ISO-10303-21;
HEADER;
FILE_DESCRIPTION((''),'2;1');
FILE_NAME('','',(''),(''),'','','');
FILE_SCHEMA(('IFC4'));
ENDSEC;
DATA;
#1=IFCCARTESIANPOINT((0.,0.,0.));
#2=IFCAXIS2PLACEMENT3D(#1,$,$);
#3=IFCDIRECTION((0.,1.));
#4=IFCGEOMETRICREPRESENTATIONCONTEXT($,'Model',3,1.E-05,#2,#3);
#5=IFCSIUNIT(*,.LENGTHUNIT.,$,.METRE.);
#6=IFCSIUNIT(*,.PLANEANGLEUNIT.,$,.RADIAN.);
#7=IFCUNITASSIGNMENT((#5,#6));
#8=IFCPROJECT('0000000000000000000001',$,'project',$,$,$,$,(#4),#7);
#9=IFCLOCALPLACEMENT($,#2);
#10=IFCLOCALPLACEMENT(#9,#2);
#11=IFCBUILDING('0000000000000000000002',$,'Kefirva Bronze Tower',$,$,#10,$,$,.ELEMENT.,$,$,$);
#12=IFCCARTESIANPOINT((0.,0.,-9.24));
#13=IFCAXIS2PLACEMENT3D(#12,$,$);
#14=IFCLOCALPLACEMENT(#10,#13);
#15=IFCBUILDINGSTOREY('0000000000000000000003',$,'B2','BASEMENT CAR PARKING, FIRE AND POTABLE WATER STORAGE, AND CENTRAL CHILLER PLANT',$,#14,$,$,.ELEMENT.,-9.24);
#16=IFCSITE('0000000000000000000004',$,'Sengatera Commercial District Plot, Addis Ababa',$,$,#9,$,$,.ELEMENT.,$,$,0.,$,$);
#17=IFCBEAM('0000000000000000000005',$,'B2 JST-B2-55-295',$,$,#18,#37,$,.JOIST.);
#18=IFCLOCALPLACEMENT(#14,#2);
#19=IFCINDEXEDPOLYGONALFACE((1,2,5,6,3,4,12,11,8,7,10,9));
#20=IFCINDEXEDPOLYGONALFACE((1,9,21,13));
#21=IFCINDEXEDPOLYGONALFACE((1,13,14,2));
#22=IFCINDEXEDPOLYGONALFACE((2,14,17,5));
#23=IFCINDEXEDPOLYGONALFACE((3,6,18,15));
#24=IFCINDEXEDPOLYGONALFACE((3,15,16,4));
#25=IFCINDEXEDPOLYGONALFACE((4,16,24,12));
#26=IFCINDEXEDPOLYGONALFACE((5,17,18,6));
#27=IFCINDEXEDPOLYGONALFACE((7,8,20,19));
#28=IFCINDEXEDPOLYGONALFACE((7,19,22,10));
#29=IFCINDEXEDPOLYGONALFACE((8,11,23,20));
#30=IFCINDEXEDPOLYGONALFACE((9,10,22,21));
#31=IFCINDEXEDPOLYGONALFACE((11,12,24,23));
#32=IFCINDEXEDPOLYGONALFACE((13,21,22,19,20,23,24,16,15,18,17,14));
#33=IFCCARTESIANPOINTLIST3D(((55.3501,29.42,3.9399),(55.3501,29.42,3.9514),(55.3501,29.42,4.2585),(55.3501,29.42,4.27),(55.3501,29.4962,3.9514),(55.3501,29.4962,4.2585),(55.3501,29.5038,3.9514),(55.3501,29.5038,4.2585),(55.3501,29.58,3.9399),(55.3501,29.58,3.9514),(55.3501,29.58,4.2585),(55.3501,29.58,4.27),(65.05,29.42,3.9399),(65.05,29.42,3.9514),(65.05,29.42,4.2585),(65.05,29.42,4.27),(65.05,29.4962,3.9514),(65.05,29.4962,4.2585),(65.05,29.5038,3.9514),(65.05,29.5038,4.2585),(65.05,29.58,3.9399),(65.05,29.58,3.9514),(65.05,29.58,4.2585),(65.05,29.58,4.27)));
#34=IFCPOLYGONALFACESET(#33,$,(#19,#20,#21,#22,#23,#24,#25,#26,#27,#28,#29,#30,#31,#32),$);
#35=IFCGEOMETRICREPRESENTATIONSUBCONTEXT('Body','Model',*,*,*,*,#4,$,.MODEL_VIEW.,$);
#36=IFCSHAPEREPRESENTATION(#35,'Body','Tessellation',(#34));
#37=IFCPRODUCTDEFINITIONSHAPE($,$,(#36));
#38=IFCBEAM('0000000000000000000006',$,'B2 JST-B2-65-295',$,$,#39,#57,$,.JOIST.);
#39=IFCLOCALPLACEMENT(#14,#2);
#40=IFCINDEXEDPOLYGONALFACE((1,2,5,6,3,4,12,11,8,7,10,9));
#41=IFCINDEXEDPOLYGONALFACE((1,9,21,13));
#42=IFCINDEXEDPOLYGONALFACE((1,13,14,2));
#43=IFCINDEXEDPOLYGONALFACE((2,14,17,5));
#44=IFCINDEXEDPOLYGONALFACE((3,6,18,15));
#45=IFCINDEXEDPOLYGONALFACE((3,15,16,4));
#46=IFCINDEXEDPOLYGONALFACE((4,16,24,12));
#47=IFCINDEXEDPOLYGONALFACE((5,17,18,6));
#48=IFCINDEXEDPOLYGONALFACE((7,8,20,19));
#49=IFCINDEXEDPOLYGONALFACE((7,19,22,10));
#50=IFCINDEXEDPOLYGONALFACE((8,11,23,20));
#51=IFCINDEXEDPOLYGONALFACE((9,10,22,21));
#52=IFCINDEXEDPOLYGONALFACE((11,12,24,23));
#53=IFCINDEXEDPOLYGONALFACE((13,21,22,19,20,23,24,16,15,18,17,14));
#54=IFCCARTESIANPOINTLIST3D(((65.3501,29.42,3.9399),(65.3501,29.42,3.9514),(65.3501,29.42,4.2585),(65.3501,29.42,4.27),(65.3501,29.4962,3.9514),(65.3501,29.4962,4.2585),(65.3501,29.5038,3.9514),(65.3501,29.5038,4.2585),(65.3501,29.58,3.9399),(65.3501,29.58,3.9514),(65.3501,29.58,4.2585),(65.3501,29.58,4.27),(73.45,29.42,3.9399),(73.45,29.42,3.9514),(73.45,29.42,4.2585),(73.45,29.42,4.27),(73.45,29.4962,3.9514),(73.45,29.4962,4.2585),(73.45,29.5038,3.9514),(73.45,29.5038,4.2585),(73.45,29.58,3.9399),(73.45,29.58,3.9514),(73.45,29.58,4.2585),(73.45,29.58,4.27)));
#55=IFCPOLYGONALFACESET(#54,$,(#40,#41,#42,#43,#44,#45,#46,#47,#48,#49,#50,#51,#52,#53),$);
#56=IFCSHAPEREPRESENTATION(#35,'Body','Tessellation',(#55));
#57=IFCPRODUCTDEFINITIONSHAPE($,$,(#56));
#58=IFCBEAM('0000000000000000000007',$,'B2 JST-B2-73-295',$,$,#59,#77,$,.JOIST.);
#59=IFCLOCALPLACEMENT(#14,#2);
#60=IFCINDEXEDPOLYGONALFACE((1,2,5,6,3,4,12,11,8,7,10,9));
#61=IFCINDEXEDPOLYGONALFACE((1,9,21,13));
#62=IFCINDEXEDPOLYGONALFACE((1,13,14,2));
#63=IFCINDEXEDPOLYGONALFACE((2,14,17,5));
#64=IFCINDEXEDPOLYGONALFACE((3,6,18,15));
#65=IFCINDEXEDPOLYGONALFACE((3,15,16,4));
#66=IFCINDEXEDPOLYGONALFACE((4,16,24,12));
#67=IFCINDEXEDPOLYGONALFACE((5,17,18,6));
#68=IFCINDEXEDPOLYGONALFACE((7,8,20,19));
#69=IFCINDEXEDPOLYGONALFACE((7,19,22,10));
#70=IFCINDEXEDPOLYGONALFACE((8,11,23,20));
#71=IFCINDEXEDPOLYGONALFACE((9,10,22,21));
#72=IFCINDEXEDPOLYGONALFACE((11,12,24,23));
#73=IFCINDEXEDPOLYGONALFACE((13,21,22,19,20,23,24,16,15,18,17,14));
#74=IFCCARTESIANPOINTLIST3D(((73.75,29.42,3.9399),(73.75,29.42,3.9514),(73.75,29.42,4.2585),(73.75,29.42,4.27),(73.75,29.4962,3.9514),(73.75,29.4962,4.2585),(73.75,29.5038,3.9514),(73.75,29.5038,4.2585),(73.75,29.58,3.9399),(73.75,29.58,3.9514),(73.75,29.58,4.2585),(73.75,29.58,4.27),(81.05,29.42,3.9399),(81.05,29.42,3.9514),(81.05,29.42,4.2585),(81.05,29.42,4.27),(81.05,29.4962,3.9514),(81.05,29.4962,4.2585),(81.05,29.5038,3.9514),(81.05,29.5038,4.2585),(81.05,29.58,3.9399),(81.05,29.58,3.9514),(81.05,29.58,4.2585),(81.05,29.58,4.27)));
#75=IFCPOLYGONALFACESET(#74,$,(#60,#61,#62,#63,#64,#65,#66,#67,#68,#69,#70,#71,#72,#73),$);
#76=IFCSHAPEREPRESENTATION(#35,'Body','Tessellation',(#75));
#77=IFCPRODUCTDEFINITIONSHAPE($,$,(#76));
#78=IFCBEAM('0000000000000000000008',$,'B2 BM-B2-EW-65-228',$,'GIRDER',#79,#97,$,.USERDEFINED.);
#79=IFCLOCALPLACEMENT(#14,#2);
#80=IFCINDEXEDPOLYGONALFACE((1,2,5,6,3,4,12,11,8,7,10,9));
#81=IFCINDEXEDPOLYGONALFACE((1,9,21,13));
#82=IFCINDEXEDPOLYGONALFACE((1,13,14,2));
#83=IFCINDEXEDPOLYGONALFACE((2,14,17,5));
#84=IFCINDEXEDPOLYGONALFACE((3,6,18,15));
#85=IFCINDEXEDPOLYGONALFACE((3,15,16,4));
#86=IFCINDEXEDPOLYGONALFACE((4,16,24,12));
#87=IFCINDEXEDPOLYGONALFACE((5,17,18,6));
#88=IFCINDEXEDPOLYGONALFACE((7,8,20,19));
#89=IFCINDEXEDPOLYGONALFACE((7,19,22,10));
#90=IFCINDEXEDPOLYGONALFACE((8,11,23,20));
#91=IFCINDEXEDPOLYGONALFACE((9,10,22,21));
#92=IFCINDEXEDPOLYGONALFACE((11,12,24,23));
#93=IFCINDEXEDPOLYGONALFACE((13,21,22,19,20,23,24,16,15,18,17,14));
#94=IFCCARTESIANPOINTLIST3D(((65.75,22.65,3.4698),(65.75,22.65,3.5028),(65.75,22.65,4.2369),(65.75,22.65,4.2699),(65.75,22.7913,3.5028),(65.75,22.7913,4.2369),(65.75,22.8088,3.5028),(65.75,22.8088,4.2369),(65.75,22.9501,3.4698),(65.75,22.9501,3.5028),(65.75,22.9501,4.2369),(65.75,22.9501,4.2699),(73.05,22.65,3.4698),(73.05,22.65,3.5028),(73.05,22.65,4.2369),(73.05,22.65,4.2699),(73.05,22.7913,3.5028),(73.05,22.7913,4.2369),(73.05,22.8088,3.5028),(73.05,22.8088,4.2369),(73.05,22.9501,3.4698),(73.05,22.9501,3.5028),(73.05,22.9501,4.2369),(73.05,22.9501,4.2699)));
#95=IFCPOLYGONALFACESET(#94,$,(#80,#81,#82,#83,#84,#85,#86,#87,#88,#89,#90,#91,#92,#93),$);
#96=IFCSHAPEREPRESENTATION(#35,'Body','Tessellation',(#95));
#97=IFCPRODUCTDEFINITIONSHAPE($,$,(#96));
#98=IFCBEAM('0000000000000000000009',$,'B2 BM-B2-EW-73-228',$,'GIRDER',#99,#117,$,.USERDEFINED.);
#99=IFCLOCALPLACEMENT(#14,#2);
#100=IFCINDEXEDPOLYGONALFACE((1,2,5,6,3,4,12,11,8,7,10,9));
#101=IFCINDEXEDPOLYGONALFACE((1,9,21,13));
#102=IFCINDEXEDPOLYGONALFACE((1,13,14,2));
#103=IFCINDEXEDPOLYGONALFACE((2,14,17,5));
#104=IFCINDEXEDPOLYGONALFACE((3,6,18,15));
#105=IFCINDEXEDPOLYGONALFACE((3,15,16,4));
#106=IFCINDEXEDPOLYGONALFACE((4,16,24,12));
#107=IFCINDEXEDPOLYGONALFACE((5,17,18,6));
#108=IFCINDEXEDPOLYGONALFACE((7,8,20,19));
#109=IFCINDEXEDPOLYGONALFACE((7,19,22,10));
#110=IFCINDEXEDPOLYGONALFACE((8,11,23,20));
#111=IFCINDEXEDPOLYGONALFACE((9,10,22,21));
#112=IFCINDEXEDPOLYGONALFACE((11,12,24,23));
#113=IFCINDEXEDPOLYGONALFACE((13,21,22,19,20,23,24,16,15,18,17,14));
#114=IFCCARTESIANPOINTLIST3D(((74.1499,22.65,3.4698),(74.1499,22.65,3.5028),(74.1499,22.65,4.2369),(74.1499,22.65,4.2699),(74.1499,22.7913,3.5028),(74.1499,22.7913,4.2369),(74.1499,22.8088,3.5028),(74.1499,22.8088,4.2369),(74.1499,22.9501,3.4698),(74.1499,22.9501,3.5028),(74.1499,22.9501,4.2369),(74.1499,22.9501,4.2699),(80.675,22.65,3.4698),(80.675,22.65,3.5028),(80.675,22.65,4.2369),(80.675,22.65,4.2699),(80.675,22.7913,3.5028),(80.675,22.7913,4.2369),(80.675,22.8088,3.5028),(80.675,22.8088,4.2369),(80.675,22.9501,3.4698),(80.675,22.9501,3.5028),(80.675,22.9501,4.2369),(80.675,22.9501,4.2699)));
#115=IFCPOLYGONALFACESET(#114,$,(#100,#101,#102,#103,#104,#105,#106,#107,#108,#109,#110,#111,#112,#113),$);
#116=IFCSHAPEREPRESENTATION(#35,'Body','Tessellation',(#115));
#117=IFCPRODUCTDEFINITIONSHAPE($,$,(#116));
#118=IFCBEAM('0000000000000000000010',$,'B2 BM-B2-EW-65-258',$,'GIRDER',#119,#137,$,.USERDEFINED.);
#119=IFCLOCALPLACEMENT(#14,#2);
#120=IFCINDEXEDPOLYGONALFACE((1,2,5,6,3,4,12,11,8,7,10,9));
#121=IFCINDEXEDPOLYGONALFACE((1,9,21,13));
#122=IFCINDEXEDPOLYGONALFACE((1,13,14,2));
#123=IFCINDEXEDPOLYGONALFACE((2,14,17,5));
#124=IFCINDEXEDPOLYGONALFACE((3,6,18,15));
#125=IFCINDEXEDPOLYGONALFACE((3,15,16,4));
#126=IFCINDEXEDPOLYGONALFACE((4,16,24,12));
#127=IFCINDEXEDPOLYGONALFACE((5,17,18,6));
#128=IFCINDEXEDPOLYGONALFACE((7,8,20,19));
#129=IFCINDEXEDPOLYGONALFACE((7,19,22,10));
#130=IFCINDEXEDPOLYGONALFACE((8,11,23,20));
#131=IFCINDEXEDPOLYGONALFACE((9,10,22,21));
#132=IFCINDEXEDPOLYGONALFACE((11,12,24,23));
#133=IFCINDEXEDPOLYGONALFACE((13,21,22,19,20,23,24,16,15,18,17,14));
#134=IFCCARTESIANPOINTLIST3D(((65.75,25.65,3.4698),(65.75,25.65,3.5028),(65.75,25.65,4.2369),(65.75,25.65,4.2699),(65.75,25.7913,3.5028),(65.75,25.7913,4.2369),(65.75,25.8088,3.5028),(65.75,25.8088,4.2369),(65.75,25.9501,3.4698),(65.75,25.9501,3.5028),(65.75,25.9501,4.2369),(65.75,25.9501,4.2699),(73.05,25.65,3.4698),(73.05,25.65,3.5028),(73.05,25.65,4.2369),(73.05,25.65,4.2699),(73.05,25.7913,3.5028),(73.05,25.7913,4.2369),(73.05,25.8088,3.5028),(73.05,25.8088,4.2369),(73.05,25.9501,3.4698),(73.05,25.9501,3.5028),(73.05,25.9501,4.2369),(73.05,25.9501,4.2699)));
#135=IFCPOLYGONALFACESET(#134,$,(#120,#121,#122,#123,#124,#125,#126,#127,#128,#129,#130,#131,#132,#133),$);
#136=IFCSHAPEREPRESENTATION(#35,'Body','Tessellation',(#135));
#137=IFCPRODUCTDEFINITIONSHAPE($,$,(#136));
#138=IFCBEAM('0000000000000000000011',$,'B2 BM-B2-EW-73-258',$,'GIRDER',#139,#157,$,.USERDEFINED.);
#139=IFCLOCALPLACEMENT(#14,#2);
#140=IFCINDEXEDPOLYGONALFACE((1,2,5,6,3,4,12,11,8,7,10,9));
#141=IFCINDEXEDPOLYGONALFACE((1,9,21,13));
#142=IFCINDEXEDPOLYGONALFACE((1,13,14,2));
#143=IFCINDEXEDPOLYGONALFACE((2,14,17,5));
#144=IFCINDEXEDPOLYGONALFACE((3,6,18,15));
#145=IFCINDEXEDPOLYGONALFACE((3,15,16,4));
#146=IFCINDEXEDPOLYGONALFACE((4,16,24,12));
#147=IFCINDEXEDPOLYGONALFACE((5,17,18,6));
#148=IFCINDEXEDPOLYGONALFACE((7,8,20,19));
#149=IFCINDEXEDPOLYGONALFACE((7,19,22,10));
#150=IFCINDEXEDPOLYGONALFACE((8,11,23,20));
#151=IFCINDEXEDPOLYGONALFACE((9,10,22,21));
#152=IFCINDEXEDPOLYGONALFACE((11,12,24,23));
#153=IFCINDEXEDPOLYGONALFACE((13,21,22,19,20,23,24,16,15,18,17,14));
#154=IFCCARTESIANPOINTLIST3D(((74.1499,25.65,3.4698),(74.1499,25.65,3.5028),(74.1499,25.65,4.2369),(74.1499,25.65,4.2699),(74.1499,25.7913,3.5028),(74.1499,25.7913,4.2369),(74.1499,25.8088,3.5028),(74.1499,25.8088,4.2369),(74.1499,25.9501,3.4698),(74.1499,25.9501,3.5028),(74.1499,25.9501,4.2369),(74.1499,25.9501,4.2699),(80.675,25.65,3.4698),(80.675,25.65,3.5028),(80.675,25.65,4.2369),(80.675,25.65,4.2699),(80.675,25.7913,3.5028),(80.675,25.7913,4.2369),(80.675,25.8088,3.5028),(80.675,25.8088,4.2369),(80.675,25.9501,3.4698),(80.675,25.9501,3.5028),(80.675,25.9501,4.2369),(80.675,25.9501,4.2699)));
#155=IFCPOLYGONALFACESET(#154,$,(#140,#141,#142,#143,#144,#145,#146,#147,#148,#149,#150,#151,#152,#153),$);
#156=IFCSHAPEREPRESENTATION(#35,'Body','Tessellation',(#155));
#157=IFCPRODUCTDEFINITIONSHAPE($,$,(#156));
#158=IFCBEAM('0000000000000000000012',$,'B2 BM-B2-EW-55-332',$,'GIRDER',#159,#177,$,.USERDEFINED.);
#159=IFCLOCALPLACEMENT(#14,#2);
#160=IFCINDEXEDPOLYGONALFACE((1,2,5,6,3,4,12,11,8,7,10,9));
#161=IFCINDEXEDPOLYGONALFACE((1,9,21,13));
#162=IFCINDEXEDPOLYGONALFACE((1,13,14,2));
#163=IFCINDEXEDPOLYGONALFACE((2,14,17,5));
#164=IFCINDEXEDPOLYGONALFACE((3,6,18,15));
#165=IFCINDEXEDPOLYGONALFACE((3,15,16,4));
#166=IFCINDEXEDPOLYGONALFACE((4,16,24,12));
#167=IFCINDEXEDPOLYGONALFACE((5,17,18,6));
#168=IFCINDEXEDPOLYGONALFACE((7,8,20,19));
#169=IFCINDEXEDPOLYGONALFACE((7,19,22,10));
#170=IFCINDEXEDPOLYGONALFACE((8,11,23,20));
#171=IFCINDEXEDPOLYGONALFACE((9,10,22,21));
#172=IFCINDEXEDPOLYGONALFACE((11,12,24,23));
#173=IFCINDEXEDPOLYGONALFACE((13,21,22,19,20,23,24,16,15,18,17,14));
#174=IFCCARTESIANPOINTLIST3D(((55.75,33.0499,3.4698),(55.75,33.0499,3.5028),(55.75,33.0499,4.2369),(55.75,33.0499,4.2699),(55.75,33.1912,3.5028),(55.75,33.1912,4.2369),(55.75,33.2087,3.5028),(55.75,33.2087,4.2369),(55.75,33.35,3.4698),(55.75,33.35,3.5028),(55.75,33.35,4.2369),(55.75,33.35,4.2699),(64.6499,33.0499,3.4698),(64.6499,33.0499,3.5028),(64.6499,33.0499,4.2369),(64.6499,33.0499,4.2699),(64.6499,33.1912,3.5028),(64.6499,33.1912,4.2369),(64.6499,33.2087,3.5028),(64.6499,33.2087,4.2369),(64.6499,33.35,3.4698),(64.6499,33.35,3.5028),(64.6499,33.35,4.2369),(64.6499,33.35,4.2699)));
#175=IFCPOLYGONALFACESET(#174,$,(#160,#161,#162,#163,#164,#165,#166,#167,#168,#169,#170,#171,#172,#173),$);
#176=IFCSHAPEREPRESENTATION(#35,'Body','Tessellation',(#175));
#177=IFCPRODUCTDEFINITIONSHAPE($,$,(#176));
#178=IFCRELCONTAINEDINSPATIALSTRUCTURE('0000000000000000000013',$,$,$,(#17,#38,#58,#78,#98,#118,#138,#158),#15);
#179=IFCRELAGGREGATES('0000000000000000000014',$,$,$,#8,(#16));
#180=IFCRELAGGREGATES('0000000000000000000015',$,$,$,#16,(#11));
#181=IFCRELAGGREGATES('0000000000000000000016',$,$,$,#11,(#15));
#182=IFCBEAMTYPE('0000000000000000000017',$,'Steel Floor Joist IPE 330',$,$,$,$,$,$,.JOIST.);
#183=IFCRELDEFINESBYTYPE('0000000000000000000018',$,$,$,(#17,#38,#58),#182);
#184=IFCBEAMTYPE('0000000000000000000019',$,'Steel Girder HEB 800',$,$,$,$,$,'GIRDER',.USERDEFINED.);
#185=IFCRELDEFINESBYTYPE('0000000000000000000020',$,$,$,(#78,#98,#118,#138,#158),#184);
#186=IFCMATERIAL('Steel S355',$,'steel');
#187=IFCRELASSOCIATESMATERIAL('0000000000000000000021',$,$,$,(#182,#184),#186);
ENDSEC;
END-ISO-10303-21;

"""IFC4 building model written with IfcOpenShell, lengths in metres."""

from ifc_helpers import new_model, si_unit, direction, frame, origin, origin_2d, place, context, subcontext, project, spatial, i_section, extrude, material, material_profile, profile_set, type_object, element, save


model = new_model("IFC4")

# Units and contexts
model_context = context("Model", 3, precision=1e-05, world=origin(), true_north=direction((0.0, 1.0)))
body_context = subcontext(model_context, "Body", "Model", "MODEL_VIEW")
ifc_project = project(units=[si_unit("LENGTHUNIT", "METRE"), si_unit("PLANEANGLEUNIT", "RADIAN")], contexts=[model_context])

# Site, building, storey
site_placement = place(None, origin())
site = spatial("IfcSite", under=ifc_project, at=site_placement, Name="Sengatera Commercial District Plot, Addis Ababa", CompositionType="ELEMENT", RefElevation=0.0)
building_placement = place(site_placement, origin())
building = spatial("IfcBuilding", under=site, at=building_placement, Name="Kefirva Bronze Tower", CompositionType="ELEMENT")
storey_placement = place(building_placement, frame((0.0, 0.0, -9.24)))
storey = spatial("IfcBuildingStorey", under=building, at=storey_placement, Name="B2", Description="BASEMENT CAR PARKING, FIRE AND POTABLE WATER STORAGE, AND CENTRAL CHILLER PLANT", CompositionType="ELEMENT", Elevation=-9.24)

# Beams
ifc_material_1 = material(Name="Steel S355", Category="steel")
ifc_material_profile_1 = material_profile(ifc_material_1, i_section(OverallWidth=0.1599, OverallDepth=0.3301, WebThickness=0.0076, FlangeThickness=0.0115, at=origin_2d()), Name="IPE 330")
ifc_profile_set_1 = profile_set([ifc_material_profile_1], Name="Steel S355")
beam_type_1 = type_object("IfcBeamType", Name="Steel Floor Joist IPE 330", PredefinedType="JOIST", material=ifc_profile_set_1)
beam_1_placement = place(storey_placement, frame((55.3501, 29.5, 4.105), z_axis=(1.0, 0.0, 0.0), x_axis=(0.0, 1.0, 0.0)))
element("IfcBeam", 1, at=beam_1_placement, inside=storey, type_object=beam_type_1, Name="B2 JST-B2-55-295", PredefinedType="JOIST", context=body_context, shape_type="SweptSolid", body=[
    extrude(i_section(OverallWidth=0.1599, OverallDepth=0.3301, WebThickness=0.0076, FlangeThickness=0.0115, at=origin_2d()), origin(), (0.0, 0.0, 1.0), 9.7),
])
beam_2_placement = place(storey_placement, frame((65.3501, 29.5, 4.105), z_axis=(1.0, 0.0, 0.0), x_axis=(0.0, 1.0, 0.0)))
element("IfcBeam", 2, at=beam_2_placement, inside=storey, type_object=beam_type_1, Name="B2 JST-B2-65-295", PredefinedType="JOIST", context=body_context, shape_type="SweptSolid", body=[
    extrude(i_section(OverallWidth=0.1599, OverallDepth=0.3301, WebThickness=0.0076, FlangeThickness=0.0115, at=origin_2d()), origin(), (0.0, 0.0, 1.0), 8.0999),
])
beam_3_placement = place(storey_placement, frame((73.75, 29.5, 4.105), z_axis=(1.0, 0.0, 0.0), x_axis=(0.0, 1.0, 0.0)))
element("IfcBeam", 3, at=beam_3_placement, inside=storey, type_object=beam_type_1, Name="B2 JST-B2-73-295", PredefinedType="JOIST", context=body_context, shape_type="SweptSolid", body=[
    extrude(i_section(OverallWidth=0.1599, OverallDepth=0.3301, WebThickness=0.0076, FlangeThickness=0.0115, at=origin_2d()), origin(), (0.0, 0.0, 1.0), 7.3),
])
ifc_material_profile_2 = material_profile(ifc_material_1, i_section(OverallWidth=0.3, OverallDepth=0.8, WebThickness=0.0176, FlangeThickness=0.033, at=origin_2d()), Name="HEB 800")
ifc_profile_set_2 = profile_set([ifc_material_profile_2], Name="Steel S355")
beam_type_2 = type_object("IfcBeamType", Name="Steel Girder HEB 800", ElementType="GIRDER", PredefinedType="USERDEFINED", material=ifc_profile_set_2)
beam_4_placement = place(storey_placement, frame((65.75, 22.8, 3.8699), z_axis=(1.0, 0.0, 0.0), x_axis=(0.0, 1.0, 0.0)))
element("IfcBeam", 4, at=beam_4_placement, inside=storey, type_object=beam_type_2, Name="B2 BM-B2-EW-65-228", ObjectType="GIRDER", PredefinedType="USERDEFINED", context=body_context, shape_type="SweptSolid", body=[
    extrude(i_section(OverallWidth=0.3, OverallDepth=0.8, WebThickness=0.0176, FlangeThickness=0.033, at=origin_2d()), origin(), (0.0, 0.0, 1.0), 7.3),
])
beam_5_placement = place(storey_placement, frame((74.1499, 22.8, 3.8699), z_axis=(1.0, 0.0, 0.0), x_axis=(0.0, 1.0, 0.0)))
element("IfcBeam", 5, at=beam_5_placement, inside=storey, type_object=beam_type_2, Name="B2 BM-B2-EW-73-228", ObjectType="GIRDER", PredefinedType="USERDEFINED", context=body_context, shape_type="SweptSolid", body=[
    extrude(i_section(OverallWidth=0.3, OverallDepth=0.8, WebThickness=0.0176, FlangeThickness=0.033, at=origin_2d()), origin(), (0.0, 0.0, 1.0), 6.5251),
])
beam_6_placement = place(storey_placement, frame((65.75, 25.8, 3.8699), z_axis=(1.0, 0.0, 0.0), x_axis=(0.0, 1.0, 0.0)))
element("IfcBeam", 6, at=beam_6_placement, inside=storey, type_object=beam_type_2, Name="B2 BM-B2-EW-65-258", ObjectType="GIRDER", PredefinedType="USERDEFINED", context=body_context, shape_type="SweptSolid", body=[
    extrude(i_section(OverallWidth=0.3, OverallDepth=0.8, WebThickness=0.0176, FlangeThickness=0.033, at=origin_2d()), origin(), (0.0, 0.0, 1.0), 7.3),
])
beam_7_placement = place(storey_placement, frame((74.1499, 25.8, 3.8699), z_axis=(1.0, 0.0, 0.0), x_axis=(0.0, 1.0, 0.0)))
element("IfcBeam", 7, at=beam_7_placement, inside=storey, type_object=beam_type_2, Name="B2 BM-B2-EW-73-258", ObjectType="GIRDER", PredefinedType="USERDEFINED", context=body_context, shape_type="SweptSolid", body=[
    extrude(i_section(OverallWidth=0.3, OverallDepth=0.8, WebThickness=0.0176, FlangeThickness=0.033, at=origin_2d()), origin(), (0.0, 0.0, 1.0), 6.5251),
])
beam_8_placement = place(storey_placement, frame((55.75, 33.2, 3.8699), z_axis=(1.0, 0.0, 0.0), x_axis=(0.0, 1.0, 0.0)))
element("IfcBeam", 8, at=beam_8_placement, inside=storey, type_object=beam_type_2, Name="B2 BM-B2-EW-55-332", ObjectType="GIRDER", PredefinedType="USERDEFINED", context=body_context, shape_type="SweptSolid", body=[
    extrude(i_section(OverallWidth=0.3, OverallDepth=0.8, WebThickness=0.0176, FlangeThickness=0.033, at=origin_2d()), origin(), (0.0, 0.0, 1.0), 8.8999),
])

save(model, "model.ifc")
